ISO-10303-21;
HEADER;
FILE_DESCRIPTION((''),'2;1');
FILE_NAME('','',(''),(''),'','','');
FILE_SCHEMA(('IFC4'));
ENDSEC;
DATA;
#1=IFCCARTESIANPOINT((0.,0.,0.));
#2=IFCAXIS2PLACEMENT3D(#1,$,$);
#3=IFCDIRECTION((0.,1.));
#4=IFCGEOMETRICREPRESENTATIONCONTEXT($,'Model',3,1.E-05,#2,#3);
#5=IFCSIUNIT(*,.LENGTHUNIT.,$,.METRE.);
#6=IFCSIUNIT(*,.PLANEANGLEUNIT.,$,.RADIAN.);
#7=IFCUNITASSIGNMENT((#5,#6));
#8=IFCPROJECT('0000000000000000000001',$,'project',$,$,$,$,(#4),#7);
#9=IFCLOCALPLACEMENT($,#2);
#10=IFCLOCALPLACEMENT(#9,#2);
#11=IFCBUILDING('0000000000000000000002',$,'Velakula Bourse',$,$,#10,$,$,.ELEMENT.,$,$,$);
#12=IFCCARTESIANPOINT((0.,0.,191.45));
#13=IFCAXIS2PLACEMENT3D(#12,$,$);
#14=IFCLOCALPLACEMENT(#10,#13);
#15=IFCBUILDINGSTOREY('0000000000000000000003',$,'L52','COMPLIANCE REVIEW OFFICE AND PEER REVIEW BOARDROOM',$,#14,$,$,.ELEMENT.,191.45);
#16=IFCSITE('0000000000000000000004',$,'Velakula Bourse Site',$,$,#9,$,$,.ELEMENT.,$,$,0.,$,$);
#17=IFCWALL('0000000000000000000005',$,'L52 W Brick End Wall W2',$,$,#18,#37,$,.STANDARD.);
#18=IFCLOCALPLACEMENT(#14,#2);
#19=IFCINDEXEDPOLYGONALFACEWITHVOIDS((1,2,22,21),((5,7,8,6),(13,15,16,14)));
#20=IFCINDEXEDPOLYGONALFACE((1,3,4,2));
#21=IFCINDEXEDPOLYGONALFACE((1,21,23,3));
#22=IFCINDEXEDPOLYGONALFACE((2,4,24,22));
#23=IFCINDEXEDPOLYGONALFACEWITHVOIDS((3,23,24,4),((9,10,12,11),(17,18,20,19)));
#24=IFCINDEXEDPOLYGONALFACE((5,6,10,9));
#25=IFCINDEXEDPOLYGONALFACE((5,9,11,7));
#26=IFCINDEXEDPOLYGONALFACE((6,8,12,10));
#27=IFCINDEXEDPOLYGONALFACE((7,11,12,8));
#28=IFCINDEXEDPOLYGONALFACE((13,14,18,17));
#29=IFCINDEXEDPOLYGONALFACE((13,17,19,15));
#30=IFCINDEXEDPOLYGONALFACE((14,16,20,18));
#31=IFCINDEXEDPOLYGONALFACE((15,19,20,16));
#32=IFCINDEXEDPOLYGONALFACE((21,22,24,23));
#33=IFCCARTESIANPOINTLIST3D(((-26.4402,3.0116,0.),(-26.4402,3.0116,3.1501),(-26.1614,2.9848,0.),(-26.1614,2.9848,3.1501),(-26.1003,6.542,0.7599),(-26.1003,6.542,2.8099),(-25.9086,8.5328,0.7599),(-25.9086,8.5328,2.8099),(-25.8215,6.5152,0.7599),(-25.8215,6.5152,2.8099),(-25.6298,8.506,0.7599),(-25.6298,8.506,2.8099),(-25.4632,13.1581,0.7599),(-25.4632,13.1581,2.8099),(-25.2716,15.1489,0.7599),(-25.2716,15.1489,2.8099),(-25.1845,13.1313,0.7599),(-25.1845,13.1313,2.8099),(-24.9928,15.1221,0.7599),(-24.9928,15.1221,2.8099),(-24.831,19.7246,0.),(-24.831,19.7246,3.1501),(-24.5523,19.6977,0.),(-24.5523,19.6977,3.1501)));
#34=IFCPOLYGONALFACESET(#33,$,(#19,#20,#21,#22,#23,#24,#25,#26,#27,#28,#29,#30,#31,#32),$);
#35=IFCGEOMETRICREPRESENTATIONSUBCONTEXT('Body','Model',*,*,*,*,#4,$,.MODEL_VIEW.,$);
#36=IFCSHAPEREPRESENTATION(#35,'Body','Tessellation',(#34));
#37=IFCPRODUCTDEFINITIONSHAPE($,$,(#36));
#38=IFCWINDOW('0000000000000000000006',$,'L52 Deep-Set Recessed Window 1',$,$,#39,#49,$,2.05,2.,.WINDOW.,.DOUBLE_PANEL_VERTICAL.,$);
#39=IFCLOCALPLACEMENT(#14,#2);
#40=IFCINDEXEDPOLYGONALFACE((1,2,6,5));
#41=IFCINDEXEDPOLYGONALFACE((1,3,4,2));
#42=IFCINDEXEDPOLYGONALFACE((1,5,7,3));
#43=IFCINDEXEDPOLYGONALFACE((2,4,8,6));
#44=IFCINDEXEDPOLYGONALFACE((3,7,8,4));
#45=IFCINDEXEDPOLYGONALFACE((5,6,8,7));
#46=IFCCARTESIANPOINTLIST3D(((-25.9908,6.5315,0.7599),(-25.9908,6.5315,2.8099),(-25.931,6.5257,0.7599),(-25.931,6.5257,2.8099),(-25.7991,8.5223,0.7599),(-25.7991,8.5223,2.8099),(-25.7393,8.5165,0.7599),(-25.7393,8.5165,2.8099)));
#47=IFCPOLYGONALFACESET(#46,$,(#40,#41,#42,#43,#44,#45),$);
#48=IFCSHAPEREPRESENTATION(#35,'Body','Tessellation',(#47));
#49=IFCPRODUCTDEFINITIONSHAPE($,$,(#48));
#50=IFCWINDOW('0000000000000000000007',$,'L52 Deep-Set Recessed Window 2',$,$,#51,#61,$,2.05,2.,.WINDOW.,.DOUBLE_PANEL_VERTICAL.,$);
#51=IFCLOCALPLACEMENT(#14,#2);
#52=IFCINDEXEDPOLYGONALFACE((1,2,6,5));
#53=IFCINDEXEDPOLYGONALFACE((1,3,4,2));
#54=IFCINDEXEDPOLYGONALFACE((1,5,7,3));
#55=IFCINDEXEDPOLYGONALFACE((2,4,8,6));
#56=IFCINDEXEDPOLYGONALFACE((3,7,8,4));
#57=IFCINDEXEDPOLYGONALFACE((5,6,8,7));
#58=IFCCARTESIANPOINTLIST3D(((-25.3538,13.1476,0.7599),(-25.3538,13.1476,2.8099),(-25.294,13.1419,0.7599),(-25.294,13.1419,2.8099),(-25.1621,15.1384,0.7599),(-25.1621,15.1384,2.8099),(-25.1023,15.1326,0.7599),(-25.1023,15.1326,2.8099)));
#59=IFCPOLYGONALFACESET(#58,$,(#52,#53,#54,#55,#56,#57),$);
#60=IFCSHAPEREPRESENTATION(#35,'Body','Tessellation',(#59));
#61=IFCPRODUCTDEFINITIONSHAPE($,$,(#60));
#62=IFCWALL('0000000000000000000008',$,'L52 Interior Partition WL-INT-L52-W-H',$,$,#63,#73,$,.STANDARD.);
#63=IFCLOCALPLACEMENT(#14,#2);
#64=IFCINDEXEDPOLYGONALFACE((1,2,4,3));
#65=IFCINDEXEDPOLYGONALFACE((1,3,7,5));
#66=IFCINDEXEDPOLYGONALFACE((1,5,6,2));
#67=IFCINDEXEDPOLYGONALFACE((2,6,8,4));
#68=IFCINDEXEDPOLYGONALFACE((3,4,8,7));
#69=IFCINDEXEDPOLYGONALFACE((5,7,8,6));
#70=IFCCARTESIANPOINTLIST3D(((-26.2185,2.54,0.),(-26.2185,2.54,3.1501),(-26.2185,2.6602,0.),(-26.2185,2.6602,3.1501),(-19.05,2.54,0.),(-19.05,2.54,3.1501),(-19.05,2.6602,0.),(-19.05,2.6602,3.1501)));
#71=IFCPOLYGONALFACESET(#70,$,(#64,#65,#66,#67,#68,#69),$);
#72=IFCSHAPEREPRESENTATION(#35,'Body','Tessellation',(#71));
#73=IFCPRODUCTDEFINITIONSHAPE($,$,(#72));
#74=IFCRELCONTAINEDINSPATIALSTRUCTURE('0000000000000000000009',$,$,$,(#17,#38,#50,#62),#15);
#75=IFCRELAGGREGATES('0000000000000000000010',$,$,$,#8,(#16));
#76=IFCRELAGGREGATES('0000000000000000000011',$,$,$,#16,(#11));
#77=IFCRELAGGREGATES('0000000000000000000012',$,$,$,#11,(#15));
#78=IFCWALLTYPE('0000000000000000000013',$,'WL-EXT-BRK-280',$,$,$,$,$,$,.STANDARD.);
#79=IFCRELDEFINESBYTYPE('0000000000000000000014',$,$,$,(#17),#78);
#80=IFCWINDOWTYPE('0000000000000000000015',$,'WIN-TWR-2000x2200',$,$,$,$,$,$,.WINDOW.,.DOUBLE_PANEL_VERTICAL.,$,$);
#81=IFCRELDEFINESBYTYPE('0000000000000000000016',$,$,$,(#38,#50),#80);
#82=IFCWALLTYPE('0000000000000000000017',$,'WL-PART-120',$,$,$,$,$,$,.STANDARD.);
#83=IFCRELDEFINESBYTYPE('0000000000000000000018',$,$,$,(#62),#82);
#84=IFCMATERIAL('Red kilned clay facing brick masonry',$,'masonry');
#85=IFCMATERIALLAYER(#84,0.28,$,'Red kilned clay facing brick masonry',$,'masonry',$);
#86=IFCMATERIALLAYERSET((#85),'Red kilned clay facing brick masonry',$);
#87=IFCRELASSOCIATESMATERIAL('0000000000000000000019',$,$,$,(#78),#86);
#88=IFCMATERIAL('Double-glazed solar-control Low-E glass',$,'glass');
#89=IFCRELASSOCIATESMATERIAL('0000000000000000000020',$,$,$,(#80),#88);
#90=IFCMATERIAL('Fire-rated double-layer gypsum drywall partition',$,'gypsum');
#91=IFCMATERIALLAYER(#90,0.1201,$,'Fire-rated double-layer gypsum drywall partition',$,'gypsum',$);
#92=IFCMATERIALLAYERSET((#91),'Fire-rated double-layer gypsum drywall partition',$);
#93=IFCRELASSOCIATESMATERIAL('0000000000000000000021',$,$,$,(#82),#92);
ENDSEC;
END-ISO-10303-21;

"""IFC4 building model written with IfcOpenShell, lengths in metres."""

from ifc_helpers import new_model, si_unit, direction, frame, frame_2d, origin, place, context, subcontext, project, spatial, rectangle, extrude, material, layer, layer_set, type_object, element, fill, save


model = new_model("IFC4")

# Units and contexts
model_context = context("Model", 3, precision=1e-05, world=origin(), true_north=direction((0.0, 1.0)))
body_context = subcontext(model_context, "Body", "Model", "MODEL_VIEW")
ifc_project = project(units=[si_unit("LENGTHUNIT", "METRE"), si_unit("PLANEANGLEUNIT", "RADIAN")], contexts=[model_context])

# Site, building, storey
site_placement = place(None, origin())
site = spatial("IfcSite", under=ifc_project, at=site_placement, Name="Velakula Bourse Site", CompositionType="ELEMENT", RefElevation=0.0)
building_placement = place(site_placement, origin())
building = spatial("IfcBuilding", under=site, at=building_placement, Name="Velakula Bourse", CompositionType="ELEMENT")
storey_placement = place(building_placement, frame((0.0, 0.0, 191.45)))
storey = spatial("IfcBuildingStorey", under=building, at=storey_placement, Name="L52", Description="COMPLIANCE REVIEW OFFICE AND PEER REVIEW BOARDROOM", CompositionType="ELEMENT", Elevation=191.45)

# Wall, openings, windows
ifc_material_1 = material(Name="Red kilned clay facing brick masonry", Category="masonry")
ifc_layer_1 = layer(ifc_material_1, 0.28, Name="Red kilned clay facing brick masonry", Category="masonry")
ifc_layer_set_1 = layer_set([ifc_layer_1], Name="Red kilned clay facing brick masonry")
wall_type_1 = type_object("IfcWallType", Name="WL-EXT-BRK-280", PredefinedType="STANDARD", material=ifc_layer_set_1)
wall_1_placement = place(storey_placement, frame((-26.3008, 2.9983, 0.0), z_axis=(0.0, 0.0, 1.0), x_axis=(0.095838, 0.995397, 0.0)))
wall_1 = element("IfcWall", 1, at=wall_1_placement, inside=storey, type_object=wall_type_1, Name="L52 W Brick End Wall W2", PredefinedType="STANDARD", context=body_context, shape_type="SweptSolid", body=[
    extrude(rectangle(XDim=16.7903, YDim=0.28, at=frame_2d((8.395, 0.0))), origin(), (0.0, 0.0, 1.0), 3.1501),
])
opening_1_placement = place(wall_1_placement, frame((3.5466, 0.0, 0.76)))
opening_1 = element("IfcOpeningElement", 2, at=opening_1_placement, cuts=wall_1, PredefinedType="OPENING", context=body_context, shape_type="SweptSolid", body=[
    extrude(rectangle(XDim=2.0, YDim=2.05, at=frame_2d((1.0, 1.0249))), frame((0.0, 0.1499, 0.0), z_axis=(0.0, -1.0, 0.0), x_axis=(1.0, 0.0, 0.0)), (0.0, 0.0, 1.0), 0.3),
])
opening_2_placement = place(wall_1_placement, frame((10.1934, 0.0, 0.76)))
opening_2 = element("IfcOpeningElement", 3, at=opening_2_placement, cuts=wall_1, PredefinedType="OPENING", context=body_context, shape_type="SweptSolid", body=[
    extrude(rectangle(XDim=2.0, YDim=2.05, at=frame_2d((1.0, 1.0249))), frame((0.0, 0.1499, 0.0), z_axis=(0.0, -1.0, 0.0), x_axis=(1.0, 0.0, 0.0)), (0.0, 0.0, 1.0), 0.3),
])
ifc_material_2 = material(Name="Double-glazed solar-control Low-E glass", Category="glass")
window_type = type_object("IfcWindowType", Name="WIN-TWR-2000x2200", PartitioningType="DOUBLE_PANEL_VERTICAL", PredefinedType="WINDOW", material=ifc_material_2)
window_1_placement = place(opening_1_placement, origin())
window_1 = element("IfcWindow", 4, at=window_1_placement, inside=storey, type_object=window_type, Name="L52 Deep-Set Recessed Window 1", OverallHeight=2.05, OverallWidth=2.0, PartitioningType="DOUBLE_PANEL_VERTICAL", PredefinedType="WINDOW", context=body_context, shape_type="SweptSolid", body=[
    extrude(rectangle(XDim=2.0, YDim=2.05, at=frame_2d((1.0, 1.0249))), frame((0.0, 0.03, 0.0), z_axis=(0.0, -1.0, 0.0), x_axis=(1.0, 0.0, 0.0)), (0.0, 0.0, 1.0), 0.0601),
])
fill(opening_1, window_1)
window_2_placement = place(opening_2_placement, origin())
window_2 = element("IfcWindow", 5, at=window_2_placement, inside=storey, type_object=window_type, Name="L52 Deep-Set Recessed Window 2", OverallHeight=2.05, OverallWidth=2.0, PartitioningType="DOUBLE_PANEL_VERTICAL", PredefinedType="WINDOW", context=body_context, shape_type="SweptSolid", body=[
    extrude(rectangle(XDim=2.0, YDim=2.05, at=frame_2d((1.0, 1.0249))), frame((0.0, 0.03, 0.0), z_axis=(0.0, -1.0, 0.0), x_axis=(1.0, 0.0, 0.0)), (0.0, 0.0, 1.0), 0.0601),
])
fill(opening_2, window_2)

# Wall
ifc_material_3 = material(Name="Fire-rated double-layer gypsum drywall partition", Category="gypsum")
ifc_layer_2 = layer(ifc_material_3, 0.1201, Name="Fire-rated double-layer gypsum drywall partition", Category="gypsum")
ifc_layer_set_2 = layer_set([ifc_layer_2], Name="Fire-rated double-layer gypsum drywall partition")
wall_type_2 = type_object("IfcWallType", Name="WL-PART-120", PredefinedType="STANDARD", material=ifc_layer_set_2)
wall_2_placement = place(storey_placement, frame((-26.2185, 2.6001, 0.0), z_axis=(0.0, 0.0, 1.0), x_axis=(1.0, 0.0, 0.0)))
element("IfcWall", 6, at=wall_2_placement, inside=storey, type_object=wall_type_2, Name="L52 Interior Partition WL-INT-L52-W-H", PredefinedType="STANDARD", context=body_context, shape_type="SweptSolid", body=[
    extrude(rectangle(XDim=7.1685, YDim=0.1201, at=frame_2d((3.5842, 0.0))), origin(), (0.0, 0.0, 1.0), 3.1501),
])

save(model, "model.ifc")
